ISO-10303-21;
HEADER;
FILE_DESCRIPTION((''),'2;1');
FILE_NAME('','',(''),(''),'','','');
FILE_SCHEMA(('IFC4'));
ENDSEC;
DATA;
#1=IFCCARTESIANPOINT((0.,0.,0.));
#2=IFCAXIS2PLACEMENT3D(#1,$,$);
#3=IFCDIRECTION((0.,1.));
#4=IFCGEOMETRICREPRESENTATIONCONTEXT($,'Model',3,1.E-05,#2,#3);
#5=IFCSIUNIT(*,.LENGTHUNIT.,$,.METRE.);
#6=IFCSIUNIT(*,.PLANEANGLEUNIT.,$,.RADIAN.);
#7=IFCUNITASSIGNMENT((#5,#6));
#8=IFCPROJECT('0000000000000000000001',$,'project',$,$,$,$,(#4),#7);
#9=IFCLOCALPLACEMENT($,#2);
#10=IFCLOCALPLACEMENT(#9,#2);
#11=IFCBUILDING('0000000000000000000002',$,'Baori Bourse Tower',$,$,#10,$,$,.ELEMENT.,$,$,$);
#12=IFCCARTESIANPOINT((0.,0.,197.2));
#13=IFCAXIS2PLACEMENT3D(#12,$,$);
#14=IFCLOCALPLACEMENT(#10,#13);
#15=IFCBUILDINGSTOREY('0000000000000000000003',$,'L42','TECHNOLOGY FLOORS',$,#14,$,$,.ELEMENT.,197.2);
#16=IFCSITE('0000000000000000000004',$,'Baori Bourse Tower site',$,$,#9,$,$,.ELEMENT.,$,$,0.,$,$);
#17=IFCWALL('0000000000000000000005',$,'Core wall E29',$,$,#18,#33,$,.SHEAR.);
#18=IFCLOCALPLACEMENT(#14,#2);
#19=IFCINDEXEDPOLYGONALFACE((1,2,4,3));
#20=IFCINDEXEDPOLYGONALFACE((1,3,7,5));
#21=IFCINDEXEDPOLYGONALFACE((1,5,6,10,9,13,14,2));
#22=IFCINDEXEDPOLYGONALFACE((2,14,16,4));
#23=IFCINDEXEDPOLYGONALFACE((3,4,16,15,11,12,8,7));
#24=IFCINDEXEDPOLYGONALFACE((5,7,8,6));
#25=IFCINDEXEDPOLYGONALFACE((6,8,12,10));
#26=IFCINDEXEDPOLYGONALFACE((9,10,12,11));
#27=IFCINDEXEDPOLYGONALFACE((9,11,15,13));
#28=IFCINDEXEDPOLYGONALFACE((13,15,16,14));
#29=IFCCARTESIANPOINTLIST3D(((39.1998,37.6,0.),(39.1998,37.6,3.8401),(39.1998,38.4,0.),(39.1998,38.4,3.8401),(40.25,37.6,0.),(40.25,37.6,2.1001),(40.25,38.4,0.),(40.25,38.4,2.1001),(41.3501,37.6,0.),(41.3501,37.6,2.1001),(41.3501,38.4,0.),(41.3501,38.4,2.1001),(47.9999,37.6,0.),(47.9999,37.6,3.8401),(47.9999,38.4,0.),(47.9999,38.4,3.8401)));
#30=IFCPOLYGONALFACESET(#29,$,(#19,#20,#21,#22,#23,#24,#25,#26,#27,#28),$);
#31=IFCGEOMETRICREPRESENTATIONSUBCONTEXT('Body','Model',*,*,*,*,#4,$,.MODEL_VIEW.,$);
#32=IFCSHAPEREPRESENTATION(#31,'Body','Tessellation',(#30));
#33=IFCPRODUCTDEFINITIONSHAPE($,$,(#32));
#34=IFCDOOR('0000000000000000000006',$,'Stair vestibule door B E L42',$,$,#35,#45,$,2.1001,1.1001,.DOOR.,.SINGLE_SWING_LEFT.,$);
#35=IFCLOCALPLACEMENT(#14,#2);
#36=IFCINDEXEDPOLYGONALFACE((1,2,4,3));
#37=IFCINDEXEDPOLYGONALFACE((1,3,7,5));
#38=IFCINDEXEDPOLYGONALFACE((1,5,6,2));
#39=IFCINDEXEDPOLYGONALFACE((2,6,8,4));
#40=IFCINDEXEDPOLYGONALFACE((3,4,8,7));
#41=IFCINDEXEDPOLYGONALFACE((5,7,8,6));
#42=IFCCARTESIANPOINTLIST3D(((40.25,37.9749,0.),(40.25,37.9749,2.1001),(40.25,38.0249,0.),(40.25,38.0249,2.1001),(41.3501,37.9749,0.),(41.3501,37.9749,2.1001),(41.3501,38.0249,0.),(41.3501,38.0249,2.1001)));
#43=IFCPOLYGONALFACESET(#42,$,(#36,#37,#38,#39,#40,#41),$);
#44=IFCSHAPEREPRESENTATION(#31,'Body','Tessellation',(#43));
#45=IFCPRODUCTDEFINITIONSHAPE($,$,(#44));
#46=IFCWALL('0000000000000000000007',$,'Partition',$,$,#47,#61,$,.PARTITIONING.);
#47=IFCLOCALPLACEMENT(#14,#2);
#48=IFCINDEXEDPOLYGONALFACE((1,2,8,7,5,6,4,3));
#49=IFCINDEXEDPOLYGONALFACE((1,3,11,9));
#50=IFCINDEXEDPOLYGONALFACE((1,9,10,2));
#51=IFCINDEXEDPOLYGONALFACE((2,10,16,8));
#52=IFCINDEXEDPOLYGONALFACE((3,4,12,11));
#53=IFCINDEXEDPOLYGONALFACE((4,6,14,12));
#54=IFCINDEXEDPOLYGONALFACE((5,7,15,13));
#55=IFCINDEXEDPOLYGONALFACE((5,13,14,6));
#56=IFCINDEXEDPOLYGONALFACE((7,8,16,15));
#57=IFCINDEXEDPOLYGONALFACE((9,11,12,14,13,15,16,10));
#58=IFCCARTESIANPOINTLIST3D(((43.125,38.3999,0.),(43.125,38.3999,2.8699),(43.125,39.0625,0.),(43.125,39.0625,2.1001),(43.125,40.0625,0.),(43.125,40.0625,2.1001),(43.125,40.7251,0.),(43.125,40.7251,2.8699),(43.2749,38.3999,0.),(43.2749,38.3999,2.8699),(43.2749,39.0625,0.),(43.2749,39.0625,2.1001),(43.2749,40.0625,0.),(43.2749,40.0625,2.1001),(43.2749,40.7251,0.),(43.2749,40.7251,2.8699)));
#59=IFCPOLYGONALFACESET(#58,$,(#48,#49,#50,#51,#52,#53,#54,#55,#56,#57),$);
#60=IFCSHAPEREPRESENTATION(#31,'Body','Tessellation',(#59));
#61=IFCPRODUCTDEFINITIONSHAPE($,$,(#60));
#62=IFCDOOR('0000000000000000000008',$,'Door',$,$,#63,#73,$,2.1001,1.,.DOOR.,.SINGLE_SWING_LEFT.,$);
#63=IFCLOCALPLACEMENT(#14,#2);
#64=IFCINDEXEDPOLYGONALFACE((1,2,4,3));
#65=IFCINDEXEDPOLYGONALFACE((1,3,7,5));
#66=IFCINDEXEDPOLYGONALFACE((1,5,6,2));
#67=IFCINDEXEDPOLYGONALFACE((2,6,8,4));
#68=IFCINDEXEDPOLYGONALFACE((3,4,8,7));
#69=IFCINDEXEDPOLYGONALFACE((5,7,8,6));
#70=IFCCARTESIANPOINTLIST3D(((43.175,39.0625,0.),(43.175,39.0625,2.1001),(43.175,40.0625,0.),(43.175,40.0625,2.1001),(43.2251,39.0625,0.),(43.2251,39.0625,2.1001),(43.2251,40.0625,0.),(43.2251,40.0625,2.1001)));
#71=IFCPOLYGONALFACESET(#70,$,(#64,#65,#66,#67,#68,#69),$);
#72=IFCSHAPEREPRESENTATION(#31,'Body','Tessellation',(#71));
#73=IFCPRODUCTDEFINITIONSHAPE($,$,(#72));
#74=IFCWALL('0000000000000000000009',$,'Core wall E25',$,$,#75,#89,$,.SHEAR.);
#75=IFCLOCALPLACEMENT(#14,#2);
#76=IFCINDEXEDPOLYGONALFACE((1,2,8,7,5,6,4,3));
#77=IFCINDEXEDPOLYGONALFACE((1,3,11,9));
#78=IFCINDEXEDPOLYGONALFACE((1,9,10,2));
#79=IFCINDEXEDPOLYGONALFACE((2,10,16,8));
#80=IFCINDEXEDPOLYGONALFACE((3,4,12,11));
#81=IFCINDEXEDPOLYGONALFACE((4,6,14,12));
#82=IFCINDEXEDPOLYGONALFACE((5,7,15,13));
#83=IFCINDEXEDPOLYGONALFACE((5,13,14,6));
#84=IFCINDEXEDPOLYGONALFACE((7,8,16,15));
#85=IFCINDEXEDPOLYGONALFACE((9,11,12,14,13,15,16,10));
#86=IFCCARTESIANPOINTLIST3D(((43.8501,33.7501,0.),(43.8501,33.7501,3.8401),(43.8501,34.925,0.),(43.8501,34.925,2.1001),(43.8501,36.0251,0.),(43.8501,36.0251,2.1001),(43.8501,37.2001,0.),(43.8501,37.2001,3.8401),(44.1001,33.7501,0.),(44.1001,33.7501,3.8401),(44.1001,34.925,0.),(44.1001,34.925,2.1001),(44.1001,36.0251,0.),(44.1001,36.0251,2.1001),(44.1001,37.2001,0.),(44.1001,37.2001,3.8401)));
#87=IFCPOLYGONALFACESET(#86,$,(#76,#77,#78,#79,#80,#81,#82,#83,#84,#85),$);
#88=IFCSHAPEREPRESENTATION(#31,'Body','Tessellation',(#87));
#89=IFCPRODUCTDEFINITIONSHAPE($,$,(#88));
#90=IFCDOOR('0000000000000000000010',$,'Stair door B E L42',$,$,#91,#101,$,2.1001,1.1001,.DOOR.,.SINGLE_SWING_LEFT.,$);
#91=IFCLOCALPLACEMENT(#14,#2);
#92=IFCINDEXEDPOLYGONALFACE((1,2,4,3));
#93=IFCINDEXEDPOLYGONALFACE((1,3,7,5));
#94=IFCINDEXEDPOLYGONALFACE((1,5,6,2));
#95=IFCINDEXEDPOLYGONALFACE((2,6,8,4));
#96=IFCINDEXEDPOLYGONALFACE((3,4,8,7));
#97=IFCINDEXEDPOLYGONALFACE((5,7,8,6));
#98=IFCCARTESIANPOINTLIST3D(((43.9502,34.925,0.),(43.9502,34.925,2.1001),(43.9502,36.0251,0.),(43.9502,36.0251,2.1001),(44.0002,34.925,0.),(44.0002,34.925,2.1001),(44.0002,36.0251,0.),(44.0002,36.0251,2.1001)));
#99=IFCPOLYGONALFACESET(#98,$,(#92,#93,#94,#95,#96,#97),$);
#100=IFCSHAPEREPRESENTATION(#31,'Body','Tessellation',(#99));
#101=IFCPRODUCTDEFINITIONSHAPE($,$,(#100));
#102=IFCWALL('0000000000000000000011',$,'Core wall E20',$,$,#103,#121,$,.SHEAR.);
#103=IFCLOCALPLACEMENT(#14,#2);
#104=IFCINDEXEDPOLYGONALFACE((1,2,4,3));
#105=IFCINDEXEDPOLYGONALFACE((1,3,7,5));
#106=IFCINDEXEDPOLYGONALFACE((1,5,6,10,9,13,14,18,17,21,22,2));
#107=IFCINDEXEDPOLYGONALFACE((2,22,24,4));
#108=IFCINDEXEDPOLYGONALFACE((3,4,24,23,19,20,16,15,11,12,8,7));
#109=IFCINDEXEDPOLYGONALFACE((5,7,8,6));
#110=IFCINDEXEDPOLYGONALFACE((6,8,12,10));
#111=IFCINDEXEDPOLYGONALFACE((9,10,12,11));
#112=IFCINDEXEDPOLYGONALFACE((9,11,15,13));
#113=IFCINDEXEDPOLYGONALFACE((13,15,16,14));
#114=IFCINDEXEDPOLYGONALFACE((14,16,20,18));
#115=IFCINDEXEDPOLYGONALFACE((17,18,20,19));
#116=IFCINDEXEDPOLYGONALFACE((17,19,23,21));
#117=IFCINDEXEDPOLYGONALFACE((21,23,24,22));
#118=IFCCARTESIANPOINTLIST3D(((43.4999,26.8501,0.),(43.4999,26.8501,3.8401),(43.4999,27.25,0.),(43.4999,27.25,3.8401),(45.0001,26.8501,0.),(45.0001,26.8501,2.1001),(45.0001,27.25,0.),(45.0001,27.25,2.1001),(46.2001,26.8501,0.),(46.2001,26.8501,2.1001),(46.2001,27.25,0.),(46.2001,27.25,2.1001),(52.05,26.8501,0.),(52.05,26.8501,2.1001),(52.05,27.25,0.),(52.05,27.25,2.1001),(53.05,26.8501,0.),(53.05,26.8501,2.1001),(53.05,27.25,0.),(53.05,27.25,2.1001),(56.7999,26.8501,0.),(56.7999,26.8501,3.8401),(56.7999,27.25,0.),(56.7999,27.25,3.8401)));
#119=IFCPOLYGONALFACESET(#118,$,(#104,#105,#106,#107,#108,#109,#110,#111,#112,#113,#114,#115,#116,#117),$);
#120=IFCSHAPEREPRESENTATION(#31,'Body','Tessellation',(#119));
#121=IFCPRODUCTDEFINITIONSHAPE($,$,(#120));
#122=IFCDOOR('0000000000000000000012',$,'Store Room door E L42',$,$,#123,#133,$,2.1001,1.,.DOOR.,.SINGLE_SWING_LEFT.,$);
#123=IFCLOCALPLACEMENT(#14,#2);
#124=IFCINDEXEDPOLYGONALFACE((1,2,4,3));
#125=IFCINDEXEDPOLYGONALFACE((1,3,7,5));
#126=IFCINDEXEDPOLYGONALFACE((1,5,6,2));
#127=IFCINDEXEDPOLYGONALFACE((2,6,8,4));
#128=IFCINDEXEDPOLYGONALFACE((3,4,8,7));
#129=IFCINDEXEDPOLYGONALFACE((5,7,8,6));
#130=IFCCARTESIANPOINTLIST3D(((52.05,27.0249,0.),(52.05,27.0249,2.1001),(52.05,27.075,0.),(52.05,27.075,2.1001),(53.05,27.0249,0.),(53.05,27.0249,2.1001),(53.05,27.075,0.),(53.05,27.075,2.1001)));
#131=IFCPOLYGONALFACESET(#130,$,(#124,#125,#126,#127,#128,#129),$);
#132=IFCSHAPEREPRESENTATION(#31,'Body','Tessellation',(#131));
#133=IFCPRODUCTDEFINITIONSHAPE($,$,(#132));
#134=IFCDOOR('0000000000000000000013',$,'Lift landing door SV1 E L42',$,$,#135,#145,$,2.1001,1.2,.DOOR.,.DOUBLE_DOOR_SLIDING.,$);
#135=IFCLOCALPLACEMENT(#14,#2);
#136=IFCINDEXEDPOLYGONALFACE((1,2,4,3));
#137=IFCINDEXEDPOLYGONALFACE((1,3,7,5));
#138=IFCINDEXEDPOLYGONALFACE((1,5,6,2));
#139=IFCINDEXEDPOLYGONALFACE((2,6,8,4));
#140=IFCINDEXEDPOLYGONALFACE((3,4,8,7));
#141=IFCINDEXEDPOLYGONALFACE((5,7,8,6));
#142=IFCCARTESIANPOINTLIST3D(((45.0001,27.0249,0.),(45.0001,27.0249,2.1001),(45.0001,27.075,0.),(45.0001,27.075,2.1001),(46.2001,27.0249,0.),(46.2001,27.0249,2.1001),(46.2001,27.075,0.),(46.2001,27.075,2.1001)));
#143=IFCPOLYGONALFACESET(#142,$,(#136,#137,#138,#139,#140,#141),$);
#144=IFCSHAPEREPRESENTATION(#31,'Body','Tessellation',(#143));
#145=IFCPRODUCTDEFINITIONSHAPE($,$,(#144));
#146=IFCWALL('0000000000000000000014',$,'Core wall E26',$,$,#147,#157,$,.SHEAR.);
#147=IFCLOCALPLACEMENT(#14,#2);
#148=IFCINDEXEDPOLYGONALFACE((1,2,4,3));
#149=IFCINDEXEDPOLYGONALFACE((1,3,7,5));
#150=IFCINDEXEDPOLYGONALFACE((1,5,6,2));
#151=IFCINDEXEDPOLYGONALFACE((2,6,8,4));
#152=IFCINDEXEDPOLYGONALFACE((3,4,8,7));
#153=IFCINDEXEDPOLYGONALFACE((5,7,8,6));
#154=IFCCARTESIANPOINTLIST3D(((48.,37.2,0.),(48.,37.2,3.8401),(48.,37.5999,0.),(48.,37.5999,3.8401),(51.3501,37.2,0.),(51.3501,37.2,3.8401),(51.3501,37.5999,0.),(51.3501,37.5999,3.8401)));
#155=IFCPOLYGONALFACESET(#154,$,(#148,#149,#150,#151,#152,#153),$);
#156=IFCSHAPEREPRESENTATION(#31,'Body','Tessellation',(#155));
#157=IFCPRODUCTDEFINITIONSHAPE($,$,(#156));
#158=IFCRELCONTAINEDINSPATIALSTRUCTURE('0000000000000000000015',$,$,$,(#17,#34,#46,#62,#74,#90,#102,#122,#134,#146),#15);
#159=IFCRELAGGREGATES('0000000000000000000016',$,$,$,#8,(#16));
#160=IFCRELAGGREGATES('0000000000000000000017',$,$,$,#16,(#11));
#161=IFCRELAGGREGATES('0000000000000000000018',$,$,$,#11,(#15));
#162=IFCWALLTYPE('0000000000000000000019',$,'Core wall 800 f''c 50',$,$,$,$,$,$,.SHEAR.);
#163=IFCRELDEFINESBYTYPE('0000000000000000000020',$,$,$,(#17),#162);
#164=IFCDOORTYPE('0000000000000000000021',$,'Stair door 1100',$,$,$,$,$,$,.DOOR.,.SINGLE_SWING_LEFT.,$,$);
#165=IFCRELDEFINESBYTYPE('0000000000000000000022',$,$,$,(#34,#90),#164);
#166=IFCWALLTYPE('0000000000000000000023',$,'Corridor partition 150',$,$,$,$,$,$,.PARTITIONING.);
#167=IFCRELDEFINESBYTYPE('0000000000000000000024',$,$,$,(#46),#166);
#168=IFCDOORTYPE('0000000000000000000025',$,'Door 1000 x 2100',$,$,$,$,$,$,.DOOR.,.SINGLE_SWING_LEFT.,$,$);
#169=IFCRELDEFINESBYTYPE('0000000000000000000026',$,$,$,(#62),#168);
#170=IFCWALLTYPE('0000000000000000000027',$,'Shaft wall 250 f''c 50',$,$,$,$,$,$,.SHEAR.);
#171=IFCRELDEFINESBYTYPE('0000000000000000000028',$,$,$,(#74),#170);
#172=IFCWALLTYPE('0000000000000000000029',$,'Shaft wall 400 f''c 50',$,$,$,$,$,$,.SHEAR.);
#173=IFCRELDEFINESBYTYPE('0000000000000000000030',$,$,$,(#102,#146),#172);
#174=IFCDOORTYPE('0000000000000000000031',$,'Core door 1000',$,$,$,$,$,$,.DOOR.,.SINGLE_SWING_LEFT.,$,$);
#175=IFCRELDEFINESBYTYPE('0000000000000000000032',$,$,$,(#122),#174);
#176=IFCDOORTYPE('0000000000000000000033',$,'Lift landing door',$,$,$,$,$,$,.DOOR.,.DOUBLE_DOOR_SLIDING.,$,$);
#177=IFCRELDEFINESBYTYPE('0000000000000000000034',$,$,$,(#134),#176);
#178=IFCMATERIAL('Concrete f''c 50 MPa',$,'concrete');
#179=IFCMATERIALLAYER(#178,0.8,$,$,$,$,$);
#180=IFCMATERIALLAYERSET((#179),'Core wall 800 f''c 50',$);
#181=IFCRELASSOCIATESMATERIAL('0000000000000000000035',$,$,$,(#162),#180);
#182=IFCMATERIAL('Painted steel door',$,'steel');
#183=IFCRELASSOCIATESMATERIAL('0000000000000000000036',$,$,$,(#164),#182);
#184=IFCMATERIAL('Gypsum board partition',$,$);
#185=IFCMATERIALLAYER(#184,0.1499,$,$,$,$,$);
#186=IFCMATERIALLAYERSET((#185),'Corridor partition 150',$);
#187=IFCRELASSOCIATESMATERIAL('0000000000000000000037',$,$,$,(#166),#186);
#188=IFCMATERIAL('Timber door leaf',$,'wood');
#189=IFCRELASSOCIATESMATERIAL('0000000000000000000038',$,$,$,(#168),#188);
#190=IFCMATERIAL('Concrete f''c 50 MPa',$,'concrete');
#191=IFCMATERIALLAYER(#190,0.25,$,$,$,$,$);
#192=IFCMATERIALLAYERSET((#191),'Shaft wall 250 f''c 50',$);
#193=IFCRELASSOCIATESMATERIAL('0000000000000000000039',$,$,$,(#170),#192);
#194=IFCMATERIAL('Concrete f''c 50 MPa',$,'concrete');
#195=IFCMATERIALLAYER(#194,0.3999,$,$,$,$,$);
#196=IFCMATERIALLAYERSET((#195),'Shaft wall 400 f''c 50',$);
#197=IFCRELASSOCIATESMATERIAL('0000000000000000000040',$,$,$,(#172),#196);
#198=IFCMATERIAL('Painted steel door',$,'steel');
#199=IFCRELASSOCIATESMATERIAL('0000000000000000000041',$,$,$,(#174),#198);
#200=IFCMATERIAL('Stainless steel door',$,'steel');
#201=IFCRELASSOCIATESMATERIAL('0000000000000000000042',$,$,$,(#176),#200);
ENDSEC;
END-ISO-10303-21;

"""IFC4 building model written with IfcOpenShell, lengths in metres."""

from ifc_helpers import new_model, si_unit, direction, frame, frame_2d, origin, place, context, subcontext, project, spatial, rectangle, extrude, material, layer, layer_set, type_object, element, fill, save


model = new_model("IFC4")

# Units and contexts
model_context = context("Model", 3, precision=1e-05, world=origin(), true_north=direction((0.0, 1.0)))
body_context = subcontext(model_context, "Body", "Model", "MODEL_VIEW")
ifc_project = project(units=[si_unit("LENGTHUNIT", "METRE"), si_unit("PLANEANGLEUNIT", "RADIAN")], contexts=[model_context])

# Site, building, storey
site_placement = place(None, origin())
site = spatial("IfcSite", under=ifc_project, at=site_placement, Name="Baori Bourse Tower site", CompositionType="ELEMENT", RefElevation=0.0)
building_placement = place(site_placement, origin())
building = spatial("IfcBuilding", under=site, at=building_placement, Name="Baori Bourse Tower", CompositionType="ELEMENT")
storey_placement = place(building_placement, frame((0.0, 0.0, 197.2)))
storey = spatial("IfcBuildingStorey", under=building, at=storey_placement, Name="L42", Description="TECHNOLOGY FLOORS", CompositionType="ELEMENT", Elevation=197.2)

# Shared definitions
ifc_material_1 = material(Name="Concrete f'c 50 MPa", Category="concrete")
ifc_layer_1 = layer(ifc_material_1, 0.8)
ifc_layer_set_1 = layer_set([ifc_layer_1], Name="Core wall 800 f'c 50")
wall_type_1 = type_object("IfcWallType", Name="Core wall 800 f'c 50", PredefinedType="SHEAR", material=ifc_layer_set_1)

# Walls, openings, doors
wall_1_placement = place(storey_placement, frame((39.2, 38.0, 0.0), z_axis=(0.0, 0.0, 1.0), x_axis=(1.0, 0.0, 0.0)))
wall_1 = element("IfcWall", 1, at=wall_1_placement, inside=storey, type_object=wall_type_1, Name="Core wall E29", PredefinedType="SHEAR", context=body_context, shape_type="SweptSolid", body=[
    extrude(rectangle(XDim=8.8, YDim=0.8, at=frame_2d((4.3999, 0.0))), origin(), (0.0, 0.0, 1.0), 3.8401),
])
opening_1_placement = place(wall_1_placement, frame((1.05, 0.0, 0.0)))
opening_1 = element("IfcOpeningElement", 2, at=opening_1_placement, cuts=wall_1, PredefinedType="OPENING", context=body_context, shape_type="SweptSolid", body=[
    extrude(rectangle(XDim=1.1001, YDim=2.1001, at=frame_2d((0.55, 1.05))), frame((0.0, 0.4099, 0.0), z_axis=(0.0, -1.0, 0.0), x_axis=(1.0, 0.0, 0.0)), (0.0, 0.0, 1.0), 0.8201),
])
ifc_material_2 = material(Name="Painted steel door", Category="steel")
door_type_1 = type_object("IfcDoorType", Name="Stair door 1100", OperationType="SINGLE_SWING_LEFT", PredefinedType="DOOR", material=ifc_material_2)
door_1_placement = place(opening_1_placement, origin())
door_1 = element("IfcDoor", 3, at=door_1_placement, inside=storey, type_object=door_type_1, Name="Stair vestibule door B E L42", OperationType="SINGLE_SWING_LEFT", OverallHeight=2.1001, OverallWidth=1.1001, PredefinedType="DOOR", context=body_context, shape_type="SweptSolid", body=[
    extrude(rectangle(XDim=1.1001, YDim=2.1001, at=frame_2d((0.55, 1.05))), frame((0.0, 0.0249, 0.0), z_axis=(0.0, -1.0, 0.0), x_axis=(1.0, 0.0, 0.0)), (0.0, 0.0, 1.0), 0.05),
])
fill(opening_1, door_1)
ifc_material_3 = material(Name="Gypsum board partition")
ifc_layer_2 = layer(ifc_material_3, 0.1499)
ifc_layer_set_2 = layer_set([ifc_layer_2], Name="Corridor partition 150")
wall_type_2 = type_object("IfcWallType", Name="Corridor partition 150", PredefinedType="PARTITIONING", material=ifc_layer_set_2)
wall_2_placement = place(storey_placement, frame((43.2, 38.3999, 0.0), z_axis=(0.0, 0.0, 1.0), x_axis=(0.0, 1.0, 0.0)))
wall_2 = element("IfcWall", 4, at=wall_2_placement, inside=storey, type_object=wall_type_2, Name="Partition", PredefinedType="PARTITIONING", context=body_context, shape_type="SweptSolid", body=[
    extrude(rectangle(XDim=2.3252, YDim=0.1499, at=frame_2d((1.1626, 0.0))), origin(), (0.0, 0.0, 1.0), 2.8699),
])
opening_2_placement = place(wall_2_placement, frame((0.6626, 0.0, 0.0)))
opening_2 = element("IfcOpeningElement", 5, at=opening_2_placement, cuts=wall_2, PredefinedType="OPENING", context=body_context, shape_type="SweptSolid", body=[
    extrude(rectangle(XDim=1.0, YDim=2.1001, at=frame_2d((0.5, 1.05))), frame((0.0, 0.085, 0.0), z_axis=(0.0, -1.0, 0.0), x_axis=(1.0, 0.0, 0.0)), (0.0, 0.0, 1.0), 0.1699),
])
ifc_material_4 = material(Name="Timber door leaf", Category="wood")
door_type_2 = type_object("IfcDoorType", Name="Door 1000 x 2100", OperationType="SINGLE_SWING_LEFT", PredefinedType="DOOR", material=ifc_material_4)
door_2_placement = place(opening_2_placement, origin())
door_2 = element("IfcDoor", 6, at=door_2_placement, inside=storey, type_object=door_type_2, Name="Door", OperationType="SINGLE_SWING_LEFT", OverallHeight=2.1001, OverallWidth=1.0, PredefinedType="DOOR", context=body_context, shape_type="SweptSolid", body=[
    extrude(rectangle(XDim=1.0, YDim=2.1001, at=frame_2d((0.5, 1.05))), frame((0.0, 0.0249, 0.0), z_axis=(0.0, -1.0, 0.0), x_axis=(1.0, 0.0, 0.0)), (0.0, 0.0, 1.0), 0.05),
])
fill(opening_2, door_2)
ifc_material_5 = material(Name="Concrete f'c 50 MPa", Category="concrete")
ifc_layer_3 = layer(ifc_material_5, 0.25)
ifc_layer_set_3 = layer_set([ifc_layer_3], Name="Shaft wall 250 f'c 50")
wall_type_3 = type_object("IfcWallType", Name="Shaft wall 250 f'c 50", PredefinedType="SHEAR", material=ifc_layer_set_3)
wall_3_placement = place(storey_placement, frame((43.9751, 33.75, 0.0), z_axis=(0.0, 0.0, 1.0), x_axis=(0.0, 1.0, 0.0)))
wall_3 = element("IfcWall", 7, at=wall_3_placement, inside=storey, type_object=wall_type_3, Name="Core wall E25", PredefinedType="SHEAR", context=body_context, shape_type="SweptSolid", body=[
    extrude(rectangle(XDim=3.45, YDim=0.25, at=frame_2d((1.7251, 0.0))), origin(), (0.0, 0.0, 1.0), 3.8401),
])
opening_3_placement = place(wall_3_placement, frame((1.175, 0.0, 0.0)))
opening_3 = element("IfcOpeningElement", 8, at=opening_3_placement, cuts=wall_3, PredefinedType="OPENING", context=body_context, shape_type="SweptSolid", body=[
    extrude(rectangle(XDim=1.1001, YDim=2.1001, at=frame_2d((0.55, 1.05))), frame((0.0, 0.135, 0.0), z_axis=(0.0, -1.0, 0.0), x_axis=(1.0, 0.0, 0.0)), (0.0, 0.0, 1.0), 0.27),
])
door_3_placement = place(opening_3_placement, origin())
door_3 = element("IfcDoor", 9, at=door_3_placement, inside=storey, type_object=door_type_1, Name="Stair door B E L42", OperationType="SINGLE_SWING_LEFT", OverallHeight=2.1001, OverallWidth=1.1001, PredefinedType="DOOR", context=body_context, shape_type="SweptSolid", body=[
    extrude(rectangle(XDim=1.1001, YDim=2.1001, at=frame_2d((0.55, 1.05))), frame((0.0, 0.0249, 0.0), z_axis=(0.0, -1.0, 0.0), x_axis=(1.0, 0.0, 0.0)), (0.0, 0.0, 1.0), 0.05),
])
fill(opening_3, door_3)

# Wall, openings, doors
ifc_material_6 = material(Name="Concrete f'c 50 MPa", Category="concrete")
ifc_layer_4 = layer(ifc_material_6, 0.3999)
ifc_layer_set_4 = layer_set([ifc_layer_4], Name="Shaft wall 400 f'c 50")
wall_type_4 = type_object("IfcWallType", Name="Shaft wall 400 f'c 50", PredefinedType="SHEAR", material=ifc_layer_set_4)
wall_4_placement = place(storey_placement, frame((43.5, 27.05, 0.0), z_axis=(0.0, 0.0, 1.0), x_axis=(1.0, 0.0, 0.0)))
wall_4 = element("IfcWall", 10, at=wall_4_placement, inside=storey, type_object=wall_type_4, Name="Core wall E20", PredefinedType="SHEAR", context=body_context, shape_type="SweptSolid", body=[
    extrude(rectangle(XDim=13.3, YDim=0.3999, at=frame_2d((6.6499, 0.0))), origin(), (0.0, 0.0, 1.0), 3.8401),
])
opening_4_placement = place(wall_4_placement, frame((8.55, 0.0, 0.0)))
opening_4 = element("IfcOpeningElement", 11, at=opening_4_placement, cuts=wall_4, PredefinedType="OPENING", context=body_context, shape_type="SweptSolid", body=[
    extrude(rectangle(XDim=1.0, YDim=2.1001, at=frame_2d((0.5, 1.05))), frame((0.0, 0.21, 0.0), z_axis=(0.0, -1.0, 0.0), x_axis=(1.0, 0.0, 0.0)), (0.0, 0.0, 1.0), 0.4199),
])
opening_5_placement = place(wall_4_placement, frame((1.5, 0.0, 0.0)))
opening_5 = element("IfcOpeningElement", 12, at=opening_5_placement, cuts=wall_4, PredefinedType="OPENING", context=body_context, shape_type="SweptSolid", body=[
    extrude(rectangle(XDim=1.2, YDim=2.1001, at=frame_2d((0.6001, 1.05))), frame((0.0, 0.21, 0.0), z_axis=(0.0, -1.0, 0.0), x_axis=(1.0, 0.0, 0.0)), (0.0, 0.0, 1.0), 0.4199),
])
ifc_material_7 = material(Name="Painted steel door", Category="steel")
door_type_3 = type_object("IfcDoorType", Name="Core door 1000", OperationType="SINGLE_SWING_LEFT", PredefinedType="DOOR", material=ifc_material_7)
door_4_placement = place(opening_4_placement, origin())
door_4 = element("IfcDoor", 13, at=door_4_placement, inside=storey, type_object=door_type_3, Name="Store Room door E L42", OperationType="SINGLE_SWING_LEFT", OverallHeight=2.1001, OverallWidth=1.0, PredefinedType="DOOR", context=body_context, shape_type="SweptSolid", body=[
    extrude(rectangle(XDim=1.0, YDim=2.1001, at=frame_2d((0.5, 1.05))), frame((0.0, 0.0249, 0.0), z_axis=(0.0, -1.0, 0.0), x_axis=(1.0, 0.0, 0.0)), (0.0, 0.0, 1.0), 0.05),
])
fill(opening_4, door_4)
ifc_material_8 = material(Name="Stainless steel door", Category="steel")
door_type_4 = type_object("IfcDoorType", Name="Lift landing door", OperationType="DOUBLE_DOOR_SLIDING", PredefinedType="DOOR", material=ifc_material_8)
door_5_placement = place(opening_5_placement, origin())
door_5 = element("IfcDoor", 14, at=door_5_placement, inside=storey, type_object=door_type_4, Name="Lift landing door SV1 E L42", OperationType="DOUBLE_DOOR_SLIDING", OverallHeight=2.1001, OverallWidth=1.2, PredefinedType="DOOR", context=body_context, shape_type="SweptSolid", body=[
    extrude(rectangle(XDim=1.2, YDim=2.1001, at=frame_2d((0.6001, 1.05))), frame((0.0, 0.0249, 0.0), z_axis=(0.0, -1.0, 0.0), x_axis=(1.0, 0.0, 0.0)), (0.0, 0.0, 1.0), 0.05),
])
fill(opening_5, door_5)

# Wall
wall_5_placement = place(storey_placement, frame((48.0, 37.3999, 0.0), z_axis=(0.0, 0.0, 1.0), x_axis=(1.0, 0.0, 0.0)))
element("IfcWall", 15, at=wall_5_placement, inside=storey, type_object=wall_type_4, Name="Core wall E26", PredefinedType="SHEAR", context=body_context, shape_type="SweptSolid", body=[
    extrude(rectangle(XDim=3.3501, YDim=0.3999, at=frame_2d((1.675, 0.0))), origin(), (0.0, 0.0, 1.0), 3.8401),
])

save(model, "model.ifc")
